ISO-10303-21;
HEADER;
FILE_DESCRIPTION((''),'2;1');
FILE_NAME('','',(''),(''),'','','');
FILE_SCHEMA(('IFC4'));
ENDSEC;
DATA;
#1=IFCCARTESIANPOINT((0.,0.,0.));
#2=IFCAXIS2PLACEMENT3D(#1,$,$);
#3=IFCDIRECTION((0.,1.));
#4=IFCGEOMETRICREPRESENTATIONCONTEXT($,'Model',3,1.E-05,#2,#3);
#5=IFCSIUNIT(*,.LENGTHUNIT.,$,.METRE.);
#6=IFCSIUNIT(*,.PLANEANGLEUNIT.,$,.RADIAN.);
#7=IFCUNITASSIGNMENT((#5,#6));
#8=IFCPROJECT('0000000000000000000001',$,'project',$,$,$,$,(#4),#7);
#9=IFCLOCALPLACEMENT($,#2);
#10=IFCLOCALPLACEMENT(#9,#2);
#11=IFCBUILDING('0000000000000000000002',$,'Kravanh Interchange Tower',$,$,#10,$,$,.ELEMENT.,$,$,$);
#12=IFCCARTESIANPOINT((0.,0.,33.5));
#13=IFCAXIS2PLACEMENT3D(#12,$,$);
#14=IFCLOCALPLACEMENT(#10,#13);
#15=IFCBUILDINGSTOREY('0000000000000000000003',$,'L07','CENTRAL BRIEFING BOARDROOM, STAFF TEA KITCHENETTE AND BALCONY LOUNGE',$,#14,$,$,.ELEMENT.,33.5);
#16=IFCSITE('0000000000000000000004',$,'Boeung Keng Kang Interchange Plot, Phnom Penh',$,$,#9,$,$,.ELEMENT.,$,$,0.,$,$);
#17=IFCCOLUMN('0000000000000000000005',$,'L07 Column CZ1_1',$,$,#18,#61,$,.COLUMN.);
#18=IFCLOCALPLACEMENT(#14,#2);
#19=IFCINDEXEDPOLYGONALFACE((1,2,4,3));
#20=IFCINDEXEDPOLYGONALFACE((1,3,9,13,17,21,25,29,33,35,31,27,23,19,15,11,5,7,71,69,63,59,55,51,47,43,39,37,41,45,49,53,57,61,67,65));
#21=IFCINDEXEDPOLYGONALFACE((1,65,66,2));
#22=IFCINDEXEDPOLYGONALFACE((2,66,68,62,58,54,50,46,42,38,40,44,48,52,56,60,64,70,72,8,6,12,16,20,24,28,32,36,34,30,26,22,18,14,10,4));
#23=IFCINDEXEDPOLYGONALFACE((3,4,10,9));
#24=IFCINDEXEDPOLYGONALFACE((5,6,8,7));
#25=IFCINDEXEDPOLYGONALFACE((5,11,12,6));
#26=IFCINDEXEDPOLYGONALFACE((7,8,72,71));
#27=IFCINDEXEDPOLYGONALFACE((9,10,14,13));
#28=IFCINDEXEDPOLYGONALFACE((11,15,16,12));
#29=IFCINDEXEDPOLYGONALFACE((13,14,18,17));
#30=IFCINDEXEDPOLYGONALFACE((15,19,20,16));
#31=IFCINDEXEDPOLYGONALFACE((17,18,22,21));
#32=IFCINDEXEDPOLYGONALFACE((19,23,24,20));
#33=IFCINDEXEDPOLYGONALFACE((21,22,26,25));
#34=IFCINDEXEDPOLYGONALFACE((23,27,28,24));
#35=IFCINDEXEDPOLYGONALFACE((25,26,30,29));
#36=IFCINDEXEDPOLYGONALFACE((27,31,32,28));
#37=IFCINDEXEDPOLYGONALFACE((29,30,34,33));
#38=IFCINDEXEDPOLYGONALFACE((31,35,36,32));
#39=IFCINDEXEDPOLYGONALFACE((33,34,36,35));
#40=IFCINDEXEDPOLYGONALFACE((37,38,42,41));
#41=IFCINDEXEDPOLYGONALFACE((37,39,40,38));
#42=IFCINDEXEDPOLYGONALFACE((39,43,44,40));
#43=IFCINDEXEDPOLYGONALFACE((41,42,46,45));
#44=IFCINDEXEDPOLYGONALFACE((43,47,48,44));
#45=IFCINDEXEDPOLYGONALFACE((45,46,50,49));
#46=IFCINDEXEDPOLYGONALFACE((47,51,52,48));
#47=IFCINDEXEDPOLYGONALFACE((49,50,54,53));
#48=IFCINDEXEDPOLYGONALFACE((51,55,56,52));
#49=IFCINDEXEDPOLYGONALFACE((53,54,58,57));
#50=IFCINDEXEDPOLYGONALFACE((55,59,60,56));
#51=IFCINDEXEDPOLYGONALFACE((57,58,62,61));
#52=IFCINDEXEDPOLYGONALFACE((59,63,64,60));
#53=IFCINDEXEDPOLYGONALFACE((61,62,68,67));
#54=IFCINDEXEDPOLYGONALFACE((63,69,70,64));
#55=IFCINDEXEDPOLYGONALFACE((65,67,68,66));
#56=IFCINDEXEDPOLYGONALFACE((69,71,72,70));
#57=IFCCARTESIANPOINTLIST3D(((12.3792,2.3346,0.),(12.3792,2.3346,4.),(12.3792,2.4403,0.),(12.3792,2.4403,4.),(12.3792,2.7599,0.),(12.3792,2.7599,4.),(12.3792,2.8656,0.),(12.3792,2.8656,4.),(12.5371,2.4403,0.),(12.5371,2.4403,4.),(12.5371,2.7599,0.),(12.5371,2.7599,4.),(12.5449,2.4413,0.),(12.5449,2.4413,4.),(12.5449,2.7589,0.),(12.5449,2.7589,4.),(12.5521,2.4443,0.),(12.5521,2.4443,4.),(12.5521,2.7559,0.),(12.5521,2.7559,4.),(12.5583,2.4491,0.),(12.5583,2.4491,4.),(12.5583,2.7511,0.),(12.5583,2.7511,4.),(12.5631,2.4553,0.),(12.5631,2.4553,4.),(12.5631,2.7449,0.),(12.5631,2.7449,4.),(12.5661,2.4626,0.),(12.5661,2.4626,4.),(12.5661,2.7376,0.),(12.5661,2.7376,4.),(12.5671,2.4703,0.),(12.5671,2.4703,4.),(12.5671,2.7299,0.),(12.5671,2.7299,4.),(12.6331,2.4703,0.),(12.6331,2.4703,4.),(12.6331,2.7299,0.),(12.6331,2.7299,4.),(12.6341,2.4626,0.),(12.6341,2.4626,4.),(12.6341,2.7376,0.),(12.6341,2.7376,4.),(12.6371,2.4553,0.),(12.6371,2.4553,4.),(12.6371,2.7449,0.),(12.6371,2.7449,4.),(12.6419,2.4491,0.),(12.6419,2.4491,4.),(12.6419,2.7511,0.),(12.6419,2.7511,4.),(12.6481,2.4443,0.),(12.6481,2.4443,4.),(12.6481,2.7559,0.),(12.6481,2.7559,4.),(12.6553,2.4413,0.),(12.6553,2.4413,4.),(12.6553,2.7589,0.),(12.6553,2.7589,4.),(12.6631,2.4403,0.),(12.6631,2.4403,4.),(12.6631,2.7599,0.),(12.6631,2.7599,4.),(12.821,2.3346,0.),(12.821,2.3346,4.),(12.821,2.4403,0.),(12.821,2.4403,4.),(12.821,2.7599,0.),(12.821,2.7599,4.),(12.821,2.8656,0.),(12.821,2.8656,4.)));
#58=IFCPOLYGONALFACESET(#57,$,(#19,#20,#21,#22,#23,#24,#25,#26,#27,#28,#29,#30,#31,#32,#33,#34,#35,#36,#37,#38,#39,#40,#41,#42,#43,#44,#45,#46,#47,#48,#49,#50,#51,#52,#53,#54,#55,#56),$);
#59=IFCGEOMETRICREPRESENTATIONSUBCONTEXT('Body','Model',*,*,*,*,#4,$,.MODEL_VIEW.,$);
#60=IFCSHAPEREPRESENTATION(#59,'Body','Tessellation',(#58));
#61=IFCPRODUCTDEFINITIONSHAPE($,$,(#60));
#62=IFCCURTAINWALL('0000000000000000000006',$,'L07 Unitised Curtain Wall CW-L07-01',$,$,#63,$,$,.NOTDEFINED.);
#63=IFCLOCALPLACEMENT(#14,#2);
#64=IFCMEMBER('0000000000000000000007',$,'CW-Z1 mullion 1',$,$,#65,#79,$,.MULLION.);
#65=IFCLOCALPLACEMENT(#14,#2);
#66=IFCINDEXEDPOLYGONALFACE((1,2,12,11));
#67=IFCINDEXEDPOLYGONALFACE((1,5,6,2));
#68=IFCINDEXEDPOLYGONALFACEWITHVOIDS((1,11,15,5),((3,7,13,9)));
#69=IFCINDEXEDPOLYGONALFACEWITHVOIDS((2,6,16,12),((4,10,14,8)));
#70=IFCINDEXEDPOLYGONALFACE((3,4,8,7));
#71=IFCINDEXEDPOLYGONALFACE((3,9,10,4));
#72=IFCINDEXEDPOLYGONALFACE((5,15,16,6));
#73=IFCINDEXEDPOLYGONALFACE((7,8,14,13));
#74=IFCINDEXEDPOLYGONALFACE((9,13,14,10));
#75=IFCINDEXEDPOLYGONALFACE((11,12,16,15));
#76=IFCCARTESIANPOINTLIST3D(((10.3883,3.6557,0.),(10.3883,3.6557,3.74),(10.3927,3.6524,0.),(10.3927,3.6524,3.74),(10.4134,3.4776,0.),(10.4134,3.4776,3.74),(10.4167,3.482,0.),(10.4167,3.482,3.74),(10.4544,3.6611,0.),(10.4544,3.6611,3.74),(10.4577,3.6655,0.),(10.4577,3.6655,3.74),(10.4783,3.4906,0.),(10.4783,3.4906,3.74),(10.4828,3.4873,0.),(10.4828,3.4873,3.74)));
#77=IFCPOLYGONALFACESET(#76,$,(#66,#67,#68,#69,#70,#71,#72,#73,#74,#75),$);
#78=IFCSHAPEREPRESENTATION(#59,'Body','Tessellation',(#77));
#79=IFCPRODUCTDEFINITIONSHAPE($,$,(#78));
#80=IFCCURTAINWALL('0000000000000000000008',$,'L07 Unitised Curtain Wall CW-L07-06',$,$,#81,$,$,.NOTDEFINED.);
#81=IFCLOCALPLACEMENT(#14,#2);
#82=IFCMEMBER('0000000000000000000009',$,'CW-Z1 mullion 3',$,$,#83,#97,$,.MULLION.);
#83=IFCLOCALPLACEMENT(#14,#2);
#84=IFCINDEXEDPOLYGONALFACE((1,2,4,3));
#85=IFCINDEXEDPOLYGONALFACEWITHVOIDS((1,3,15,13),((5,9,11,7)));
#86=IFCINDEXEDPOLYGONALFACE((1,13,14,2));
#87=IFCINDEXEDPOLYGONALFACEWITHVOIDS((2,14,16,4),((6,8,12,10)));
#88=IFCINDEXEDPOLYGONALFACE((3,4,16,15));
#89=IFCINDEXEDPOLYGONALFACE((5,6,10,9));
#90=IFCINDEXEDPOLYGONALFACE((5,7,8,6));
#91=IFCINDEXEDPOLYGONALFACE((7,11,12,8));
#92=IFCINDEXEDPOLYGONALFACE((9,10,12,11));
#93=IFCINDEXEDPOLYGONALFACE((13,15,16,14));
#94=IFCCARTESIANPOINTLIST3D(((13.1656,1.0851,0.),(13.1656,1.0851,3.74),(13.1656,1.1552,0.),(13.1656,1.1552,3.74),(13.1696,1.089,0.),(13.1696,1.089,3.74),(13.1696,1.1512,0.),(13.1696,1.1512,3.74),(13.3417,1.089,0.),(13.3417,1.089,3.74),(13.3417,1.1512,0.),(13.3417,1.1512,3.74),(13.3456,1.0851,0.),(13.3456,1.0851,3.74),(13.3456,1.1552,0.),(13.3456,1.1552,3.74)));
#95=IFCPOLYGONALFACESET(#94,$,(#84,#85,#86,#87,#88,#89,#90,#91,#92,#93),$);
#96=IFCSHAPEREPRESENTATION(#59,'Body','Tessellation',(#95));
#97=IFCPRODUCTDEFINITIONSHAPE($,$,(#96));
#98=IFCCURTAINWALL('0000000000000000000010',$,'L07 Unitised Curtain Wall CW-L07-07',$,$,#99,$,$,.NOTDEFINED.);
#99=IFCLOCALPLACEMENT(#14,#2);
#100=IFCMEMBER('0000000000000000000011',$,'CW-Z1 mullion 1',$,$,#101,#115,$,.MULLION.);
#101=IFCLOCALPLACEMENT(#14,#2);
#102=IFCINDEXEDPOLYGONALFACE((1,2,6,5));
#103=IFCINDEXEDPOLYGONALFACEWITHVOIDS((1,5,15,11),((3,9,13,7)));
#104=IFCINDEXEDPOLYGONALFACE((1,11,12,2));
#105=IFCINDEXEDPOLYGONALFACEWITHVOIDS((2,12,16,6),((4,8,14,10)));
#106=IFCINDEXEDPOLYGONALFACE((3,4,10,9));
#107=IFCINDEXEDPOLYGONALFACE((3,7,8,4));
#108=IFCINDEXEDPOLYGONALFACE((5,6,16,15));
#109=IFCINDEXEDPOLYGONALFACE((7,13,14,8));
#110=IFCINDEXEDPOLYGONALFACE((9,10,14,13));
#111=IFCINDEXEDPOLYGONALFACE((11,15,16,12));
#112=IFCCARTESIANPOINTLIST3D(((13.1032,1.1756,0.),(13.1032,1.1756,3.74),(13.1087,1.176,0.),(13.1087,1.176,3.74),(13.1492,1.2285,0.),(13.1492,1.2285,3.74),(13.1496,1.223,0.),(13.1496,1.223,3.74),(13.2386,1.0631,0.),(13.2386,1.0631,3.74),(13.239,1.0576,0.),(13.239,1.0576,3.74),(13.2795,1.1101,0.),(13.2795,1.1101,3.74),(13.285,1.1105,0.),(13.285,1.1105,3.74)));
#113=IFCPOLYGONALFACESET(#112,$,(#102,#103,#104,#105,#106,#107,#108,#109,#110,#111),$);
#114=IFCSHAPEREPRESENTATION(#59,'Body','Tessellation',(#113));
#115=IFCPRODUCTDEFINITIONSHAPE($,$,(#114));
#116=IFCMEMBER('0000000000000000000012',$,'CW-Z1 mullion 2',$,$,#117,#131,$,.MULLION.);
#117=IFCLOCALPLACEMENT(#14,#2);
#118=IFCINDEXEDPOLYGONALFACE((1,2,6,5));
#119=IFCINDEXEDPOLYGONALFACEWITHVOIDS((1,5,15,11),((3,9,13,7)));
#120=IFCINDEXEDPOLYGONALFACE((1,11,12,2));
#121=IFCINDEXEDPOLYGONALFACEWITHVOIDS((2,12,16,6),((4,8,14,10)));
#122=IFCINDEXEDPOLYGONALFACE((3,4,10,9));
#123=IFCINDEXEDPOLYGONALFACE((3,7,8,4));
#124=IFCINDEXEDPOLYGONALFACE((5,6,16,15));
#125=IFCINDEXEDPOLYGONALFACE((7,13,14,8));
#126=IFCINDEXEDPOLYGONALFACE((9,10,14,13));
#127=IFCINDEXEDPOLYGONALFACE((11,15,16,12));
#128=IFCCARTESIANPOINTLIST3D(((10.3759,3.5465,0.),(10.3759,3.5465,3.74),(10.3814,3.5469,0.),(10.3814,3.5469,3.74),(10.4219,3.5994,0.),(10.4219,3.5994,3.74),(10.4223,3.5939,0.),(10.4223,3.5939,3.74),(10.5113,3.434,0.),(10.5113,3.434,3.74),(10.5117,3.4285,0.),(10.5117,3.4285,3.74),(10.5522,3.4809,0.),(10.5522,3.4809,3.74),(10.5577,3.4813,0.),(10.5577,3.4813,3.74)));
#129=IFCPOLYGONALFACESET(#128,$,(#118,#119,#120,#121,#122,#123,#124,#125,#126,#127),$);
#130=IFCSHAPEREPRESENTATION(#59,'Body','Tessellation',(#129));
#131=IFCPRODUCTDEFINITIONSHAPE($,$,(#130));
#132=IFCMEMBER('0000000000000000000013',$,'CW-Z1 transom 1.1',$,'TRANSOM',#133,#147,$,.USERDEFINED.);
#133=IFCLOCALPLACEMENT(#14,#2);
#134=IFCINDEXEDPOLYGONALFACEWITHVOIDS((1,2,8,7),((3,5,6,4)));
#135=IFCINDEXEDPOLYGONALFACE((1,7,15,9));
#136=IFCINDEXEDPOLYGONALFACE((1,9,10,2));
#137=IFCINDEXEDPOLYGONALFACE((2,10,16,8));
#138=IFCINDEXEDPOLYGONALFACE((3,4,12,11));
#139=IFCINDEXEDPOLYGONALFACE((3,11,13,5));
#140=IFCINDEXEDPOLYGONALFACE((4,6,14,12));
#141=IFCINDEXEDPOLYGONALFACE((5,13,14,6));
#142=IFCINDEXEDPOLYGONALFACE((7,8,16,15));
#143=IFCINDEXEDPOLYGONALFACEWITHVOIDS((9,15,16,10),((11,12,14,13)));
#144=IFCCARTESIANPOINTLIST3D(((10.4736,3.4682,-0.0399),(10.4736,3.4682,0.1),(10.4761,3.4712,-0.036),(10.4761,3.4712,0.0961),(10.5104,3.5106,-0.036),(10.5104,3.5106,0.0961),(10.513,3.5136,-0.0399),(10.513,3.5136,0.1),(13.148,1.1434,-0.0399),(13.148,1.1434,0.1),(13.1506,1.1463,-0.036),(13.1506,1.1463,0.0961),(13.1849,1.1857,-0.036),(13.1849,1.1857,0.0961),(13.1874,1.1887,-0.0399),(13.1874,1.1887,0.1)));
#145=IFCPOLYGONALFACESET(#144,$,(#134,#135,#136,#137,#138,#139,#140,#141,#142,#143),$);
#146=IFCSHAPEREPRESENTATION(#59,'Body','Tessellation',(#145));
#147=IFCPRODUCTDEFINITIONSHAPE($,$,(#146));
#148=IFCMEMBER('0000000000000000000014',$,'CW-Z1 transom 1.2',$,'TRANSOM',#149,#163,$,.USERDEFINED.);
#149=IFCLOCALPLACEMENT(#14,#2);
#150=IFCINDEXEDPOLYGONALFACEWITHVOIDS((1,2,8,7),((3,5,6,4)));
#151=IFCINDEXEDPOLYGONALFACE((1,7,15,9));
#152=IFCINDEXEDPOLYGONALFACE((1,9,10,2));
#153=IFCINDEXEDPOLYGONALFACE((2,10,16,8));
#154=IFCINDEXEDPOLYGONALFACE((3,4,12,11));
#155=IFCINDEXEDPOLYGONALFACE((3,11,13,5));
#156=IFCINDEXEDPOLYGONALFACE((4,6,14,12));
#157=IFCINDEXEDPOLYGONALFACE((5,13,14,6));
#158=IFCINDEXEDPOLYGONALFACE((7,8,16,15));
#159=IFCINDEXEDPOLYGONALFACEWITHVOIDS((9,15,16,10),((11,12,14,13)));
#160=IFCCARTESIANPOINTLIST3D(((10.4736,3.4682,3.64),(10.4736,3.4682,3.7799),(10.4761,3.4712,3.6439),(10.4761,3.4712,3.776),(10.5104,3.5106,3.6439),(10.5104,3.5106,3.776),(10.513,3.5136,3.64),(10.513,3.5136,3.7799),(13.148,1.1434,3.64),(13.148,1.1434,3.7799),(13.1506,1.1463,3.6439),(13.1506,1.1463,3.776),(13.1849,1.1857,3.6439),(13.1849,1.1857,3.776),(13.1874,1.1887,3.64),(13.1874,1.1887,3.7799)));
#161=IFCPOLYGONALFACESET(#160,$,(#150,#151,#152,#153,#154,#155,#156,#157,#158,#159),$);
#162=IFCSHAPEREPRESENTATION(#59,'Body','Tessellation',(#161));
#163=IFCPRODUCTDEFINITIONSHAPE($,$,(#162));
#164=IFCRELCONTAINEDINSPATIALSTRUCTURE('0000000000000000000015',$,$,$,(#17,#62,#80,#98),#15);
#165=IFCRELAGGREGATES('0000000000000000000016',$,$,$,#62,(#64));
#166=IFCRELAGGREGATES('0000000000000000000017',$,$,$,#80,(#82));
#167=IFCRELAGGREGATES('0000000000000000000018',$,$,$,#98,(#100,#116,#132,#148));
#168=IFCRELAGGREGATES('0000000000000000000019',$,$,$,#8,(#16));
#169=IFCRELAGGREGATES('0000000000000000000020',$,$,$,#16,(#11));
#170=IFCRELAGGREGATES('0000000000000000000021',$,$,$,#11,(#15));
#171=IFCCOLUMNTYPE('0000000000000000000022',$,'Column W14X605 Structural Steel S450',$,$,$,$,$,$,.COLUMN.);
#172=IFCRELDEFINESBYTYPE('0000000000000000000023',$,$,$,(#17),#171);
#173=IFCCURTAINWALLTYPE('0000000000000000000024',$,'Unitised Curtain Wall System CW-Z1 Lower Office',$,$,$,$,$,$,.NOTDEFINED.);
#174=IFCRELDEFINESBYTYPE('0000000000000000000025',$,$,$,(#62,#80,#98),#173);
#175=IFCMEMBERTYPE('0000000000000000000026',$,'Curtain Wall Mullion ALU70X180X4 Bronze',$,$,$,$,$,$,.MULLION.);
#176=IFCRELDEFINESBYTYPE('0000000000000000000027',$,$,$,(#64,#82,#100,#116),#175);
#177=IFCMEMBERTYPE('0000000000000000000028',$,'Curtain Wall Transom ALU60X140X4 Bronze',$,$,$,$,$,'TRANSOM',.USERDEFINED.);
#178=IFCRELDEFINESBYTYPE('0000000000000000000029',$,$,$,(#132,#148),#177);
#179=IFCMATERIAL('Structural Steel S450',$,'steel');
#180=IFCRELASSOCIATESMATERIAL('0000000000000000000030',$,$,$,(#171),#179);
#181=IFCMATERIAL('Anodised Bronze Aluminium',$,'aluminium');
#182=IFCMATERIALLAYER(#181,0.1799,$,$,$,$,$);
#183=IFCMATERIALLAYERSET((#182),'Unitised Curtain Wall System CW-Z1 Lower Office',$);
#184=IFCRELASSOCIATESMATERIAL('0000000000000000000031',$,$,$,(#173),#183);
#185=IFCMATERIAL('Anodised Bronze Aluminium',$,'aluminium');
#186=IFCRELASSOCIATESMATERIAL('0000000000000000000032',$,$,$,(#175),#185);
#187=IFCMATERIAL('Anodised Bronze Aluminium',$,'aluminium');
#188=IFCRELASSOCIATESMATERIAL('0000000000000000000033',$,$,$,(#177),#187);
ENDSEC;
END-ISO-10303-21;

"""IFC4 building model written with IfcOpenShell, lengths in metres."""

from ifc_helpers import new_model, si_unit, direction, frame, origin, origin_2d, place, context, subcontext, project, spatial, hollow_rectangle, i_section, extrude, material, layer, layer_set, material_profile, profile_set, type_object, element, aggregate, save


model = new_model("IFC4")

# Units and contexts
model_context = context("Model", 3, precision=1e-05, world=origin(), true_north=direction((0.0, 1.0)))
body_context = subcontext(model_context, "Body", "Model", "MODEL_VIEW")
ifc_project = project(units=[si_unit("LENGTHUNIT", "METRE"), si_unit("PLANEANGLEUNIT", "RADIAN")], contexts=[model_context])

# Site, building, storey
site_placement = place(None, origin())
site = spatial("IfcSite", under=ifc_project, at=site_placement, Name="Boeung Keng Kang Interchange Plot, Phnom Penh", CompositionType="ELEMENT", RefElevation=0.0)
building_placement = place(site_placement, origin())
building = spatial("IfcBuilding", under=site, at=building_placement, Name="Kravanh Interchange Tower", CompositionType="ELEMENT")
storey_placement = place(building_placement, frame((0.0, 0.0, 33.5)))
storey = spatial("IfcBuildingStorey", under=building, at=storey_placement, Name="L07", Description="CENTRAL BRIEFING BOARDROOM, STAFF TEA KITCHENETTE AND BALCONY LOUNGE", CompositionType="ELEMENT", Elevation=33.5)

# Column
ifc_material_1 = material(Name="Structural Steel S450", Category="steel")
ifc_material_profile_1 = material_profile(ifc_material_1, i_section(OverallWidth=0.4419, OverallDepth=0.531, WebThickness=0.0659, FlangeThickness=0.1057, FilletRadius=0.03, at=origin_2d()), Name="W14X605")
ifc_profile_set_1 = profile_set([ifc_material_profile_1], Name="Structural Steel S450")
column_type = type_object("IfcColumnType", Name="Column W14X605 Structural Steel S450", PredefinedType="COLUMN", material=ifc_profile_set_1)
column_placement = place(storey_placement, frame((12.6001, 2.6001, 0.0), z_axis=(0.0, 0.0, 1.0), x_axis=(1.0, 0.0, 0.0)))
element("IfcColumn", 1, at=column_placement, inside=storey, type_object=column_type, Name="L07 Column CZ1_1", PredefinedType="COLUMN", context=body_context, shape_type="SweptSolid", body=[
    extrude(i_section(OverallWidth=0.4419, OverallDepth=0.531, WebThickness=0.0659, FlangeThickness=0.1057, FilletRadius=0.03, at=origin_2d()), origin(), (0.0, 0.0, 1.0), 4.0),
])

# Curtain walls, members
ifc_material_2 = material(Name="Anodised Bronze Aluminium", Category="aluminium")
ifc_layer_1 = layer(ifc_material_2, 0.1799)
ifc_layer_set_1 = layer_set([ifc_layer_1], Name="Unitised Curtain Wall System CW-Z1 Lower Office")
curtain_wall_type = type_object("IfcCurtainWallType", Name="Unitised Curtain Wall System CW-Z1 Lower Office", PredefinedType="NOTDEFINED", material=ifc_layer_set_1)
curtain_wall_1_placement = place(storey_placement, origin())
curtain_wall_1 = element("IfcCurtainWall", 2, at=curtain_wall_1_placement, inside=storey, type_object=curtain_wall_type, Name="L07 Unitised Curtain Wall CW-L07-01", PredefinedType="NOTDEFINED")
ifc_material_3 = material(Name="Anodised Bronze Aluminium", Category="aluminium")
ifc_material_profile_2 = material_profile(ifc_material_3, hollow_rectangle(XDim=0.0701, YDim=0.1799, WallThickness=0.0039, at=origin_2d()), Name="ALU70X180X4")
ifc_profile_set_2 = profile_set([ifc_material_profile_2], Name="Anodised Bronze Aluminium")
member_type_1 = type_object("IfcMemberType", Name="Curtain Wall Mullion ALU70X180X4 Bronze", PredefinedType="MULLION", material=ifc_profile_set_2)
member_1_placement = place(storey_placement, frame((10.4355, 3.5715, 0.0), z_axis=(0.0, 0.0, 1.0), x_axis=(-0.990268, -0.139177, 0.0)))
member_1 = element("IfcMember", 3, at=member_1_placement, type_object=member_type_1, Name="CW-Z1 mullion 1", PredefinedType="MULLION", context=body_context, shape_type="SweptSolid", body=[
    extrude(hollow_rectangle(XDim=0.0701, YDim=0.1799, WallThickness=0.0039, at=origin_2d()), origin(), (0.0, 0.0, 1.0), 3.74),
])
aggregate(curtain_wall_1, [member_1])
curtain_wall_2_placement = place(storey_placement, origin())
curtain_wall_2 = element("IfcCurtainWall", 4, at=curtain_wall_2_placement, inside=storey, type_object=curtain_wall_type, Name="L07 Unitised Curtain Wall CW-L07-06", PredefinedType="NOTDEFINED")
member_2_placement = place(storey_placement, frame((13.2556, 1.1201, 0.0), z_axis=(0.0, 0.0, 1.0), x_axis=(0.0, -1.0, 0.0)))
member_2 = element("IfcMember", 5, at=member_2_placement, type_object=member_type_1, Name="CW-Z1 mullion 3", PredefinedType="MULLION", context=body_context, shape_type="SweptSolid", body=[
    extrude(hollow_rectangle(XDim=0.0701, YDim=0.1799, WallThickness=0.0039, at=origin_2d()), origin(), (0.0, 0.0, 1.0), 3.74),
])

# Curtain wall, members
curtain_wall_3_placement = place(storey_placement, origin())
curtain_wall_3 = element("IfcCurtainWall", 6, at=curtain_wall_3_placement, inside=storey, type_object=curtain_wall_type, Name="L07 Unitised Curtain Wall CW-L07-07", PredefinedType="NOTDEFINED")
member_3_placement = place(storey_placement, frame((13.1941, 1.1431, 0.0), z_axis=(0.0, 0.0, 1.0), x_axis=(-0.65606, -0.754708, 0.0)))
member_3 = element("IfcMember", 7, at=member_3_placement, type_object=member_type_1, Name="CW-Z1 mullion 1", PredefinedType="MULLION", context=body_context, shape_type="SweptSolid", body=[
    extrude(hollow_rectangle(XDim=0.0701, YDim=0.1799, WallThickness=0.0039, at=origin_2d()), origin(), (0.0, 0.0, 1.0), 3.74),
])
member_4_placement = place(storey_placement, frame((10.4668, 3.5139, 0.0), z_axis=(0.0, 0.0, 1.0), x_axis=(-0.65606, -0.754708, 0.0)))
member_4 = element("IfcMember", 8, at=member_4_placement, type_object=member_type_1, Name="CW-Z1 mullion 2", PredefinedType="MULLION", context=body_context, shape_type="SweptSolid", body=[
    extrude(hollow_rectangle(XDim=0.0701, YDim=0.1799, WallThickness=0.0039, at=origin_2d()), origin(), (0.0, 0.0, 1.0), 3.74),
])
ifc_material_4 = material(Name="Anodised Bronze Aluminium", Category="aluminium")
ifc_material_profile_3 = material_profile(ifc_material_4, hollow_rectangle(XDim=0.0601, YDim=0.1399, WallThickness=0.0039, at=origin_2d()), Name="ALU60X140X4")
ifc_profile_set_3 = profile_set([ifc_material_profile_3], Name="Anodised Bronze Aluminium")
member_type_2 = type_object("IfcMemberType", Name="Curtain Wall Transom ALU60X140X4 Bronze", ElementType="TRANSOM", PredefinedType="USERDEFINED", material=ifc_profile_set_3)
member_5_placement = place(storey_placement, frame((13.1677, 1.166, 0.03), z_axis=(-0.754711, 0.656058, 0.0), x_axis=(-0.656058, -0.754711, 0.0)))
member_5 = element("IfcMember", 9, at=member_5_placement, type_object=member_type_2, Name="CW-Z1 transom 1.1", ObjectType="TRANSOM", PredefinedType="USERDEFINED", context=body_context, shape_type="SweptSolid", body=[
    extrude(hollow_rectangle(XDim=0.0601, YDim=0.1399, WallThickness=0.0039, at=origin_2d()), origin(), (0.0, 0.0, 1.0), 3.5437),
])
member_6_placement = place(storey_placement, frame((13.1677, 1.166, 3.71), z_axis=(-0.754711, 0.656058, 0.0), x_axis=(-0.656058, -0.754711, 0.0)))
member_6 = element("IfcMember", 10, at=member_6_placement, type_object=member_type_2, Name="CW-Z1 transom 1.2", ObjectType="TRANSOM", PredefinedType="USERDEFINED", context=body_context, shape_type="SweptSolid", body=[
    extrude(hollow_rectangle(XDim=0.0601, YDim=0.1399, WallThickness=0.0039, at=origin_2d()), origin(), (0.0, 0.0, 1.0), 3.5437),
])

aggregate(curtain_wall_2, [member_2])
aggregate(curtain_wall_3, [member_3, member_4, member_5, member_6])

save(model, "model.ifc")
